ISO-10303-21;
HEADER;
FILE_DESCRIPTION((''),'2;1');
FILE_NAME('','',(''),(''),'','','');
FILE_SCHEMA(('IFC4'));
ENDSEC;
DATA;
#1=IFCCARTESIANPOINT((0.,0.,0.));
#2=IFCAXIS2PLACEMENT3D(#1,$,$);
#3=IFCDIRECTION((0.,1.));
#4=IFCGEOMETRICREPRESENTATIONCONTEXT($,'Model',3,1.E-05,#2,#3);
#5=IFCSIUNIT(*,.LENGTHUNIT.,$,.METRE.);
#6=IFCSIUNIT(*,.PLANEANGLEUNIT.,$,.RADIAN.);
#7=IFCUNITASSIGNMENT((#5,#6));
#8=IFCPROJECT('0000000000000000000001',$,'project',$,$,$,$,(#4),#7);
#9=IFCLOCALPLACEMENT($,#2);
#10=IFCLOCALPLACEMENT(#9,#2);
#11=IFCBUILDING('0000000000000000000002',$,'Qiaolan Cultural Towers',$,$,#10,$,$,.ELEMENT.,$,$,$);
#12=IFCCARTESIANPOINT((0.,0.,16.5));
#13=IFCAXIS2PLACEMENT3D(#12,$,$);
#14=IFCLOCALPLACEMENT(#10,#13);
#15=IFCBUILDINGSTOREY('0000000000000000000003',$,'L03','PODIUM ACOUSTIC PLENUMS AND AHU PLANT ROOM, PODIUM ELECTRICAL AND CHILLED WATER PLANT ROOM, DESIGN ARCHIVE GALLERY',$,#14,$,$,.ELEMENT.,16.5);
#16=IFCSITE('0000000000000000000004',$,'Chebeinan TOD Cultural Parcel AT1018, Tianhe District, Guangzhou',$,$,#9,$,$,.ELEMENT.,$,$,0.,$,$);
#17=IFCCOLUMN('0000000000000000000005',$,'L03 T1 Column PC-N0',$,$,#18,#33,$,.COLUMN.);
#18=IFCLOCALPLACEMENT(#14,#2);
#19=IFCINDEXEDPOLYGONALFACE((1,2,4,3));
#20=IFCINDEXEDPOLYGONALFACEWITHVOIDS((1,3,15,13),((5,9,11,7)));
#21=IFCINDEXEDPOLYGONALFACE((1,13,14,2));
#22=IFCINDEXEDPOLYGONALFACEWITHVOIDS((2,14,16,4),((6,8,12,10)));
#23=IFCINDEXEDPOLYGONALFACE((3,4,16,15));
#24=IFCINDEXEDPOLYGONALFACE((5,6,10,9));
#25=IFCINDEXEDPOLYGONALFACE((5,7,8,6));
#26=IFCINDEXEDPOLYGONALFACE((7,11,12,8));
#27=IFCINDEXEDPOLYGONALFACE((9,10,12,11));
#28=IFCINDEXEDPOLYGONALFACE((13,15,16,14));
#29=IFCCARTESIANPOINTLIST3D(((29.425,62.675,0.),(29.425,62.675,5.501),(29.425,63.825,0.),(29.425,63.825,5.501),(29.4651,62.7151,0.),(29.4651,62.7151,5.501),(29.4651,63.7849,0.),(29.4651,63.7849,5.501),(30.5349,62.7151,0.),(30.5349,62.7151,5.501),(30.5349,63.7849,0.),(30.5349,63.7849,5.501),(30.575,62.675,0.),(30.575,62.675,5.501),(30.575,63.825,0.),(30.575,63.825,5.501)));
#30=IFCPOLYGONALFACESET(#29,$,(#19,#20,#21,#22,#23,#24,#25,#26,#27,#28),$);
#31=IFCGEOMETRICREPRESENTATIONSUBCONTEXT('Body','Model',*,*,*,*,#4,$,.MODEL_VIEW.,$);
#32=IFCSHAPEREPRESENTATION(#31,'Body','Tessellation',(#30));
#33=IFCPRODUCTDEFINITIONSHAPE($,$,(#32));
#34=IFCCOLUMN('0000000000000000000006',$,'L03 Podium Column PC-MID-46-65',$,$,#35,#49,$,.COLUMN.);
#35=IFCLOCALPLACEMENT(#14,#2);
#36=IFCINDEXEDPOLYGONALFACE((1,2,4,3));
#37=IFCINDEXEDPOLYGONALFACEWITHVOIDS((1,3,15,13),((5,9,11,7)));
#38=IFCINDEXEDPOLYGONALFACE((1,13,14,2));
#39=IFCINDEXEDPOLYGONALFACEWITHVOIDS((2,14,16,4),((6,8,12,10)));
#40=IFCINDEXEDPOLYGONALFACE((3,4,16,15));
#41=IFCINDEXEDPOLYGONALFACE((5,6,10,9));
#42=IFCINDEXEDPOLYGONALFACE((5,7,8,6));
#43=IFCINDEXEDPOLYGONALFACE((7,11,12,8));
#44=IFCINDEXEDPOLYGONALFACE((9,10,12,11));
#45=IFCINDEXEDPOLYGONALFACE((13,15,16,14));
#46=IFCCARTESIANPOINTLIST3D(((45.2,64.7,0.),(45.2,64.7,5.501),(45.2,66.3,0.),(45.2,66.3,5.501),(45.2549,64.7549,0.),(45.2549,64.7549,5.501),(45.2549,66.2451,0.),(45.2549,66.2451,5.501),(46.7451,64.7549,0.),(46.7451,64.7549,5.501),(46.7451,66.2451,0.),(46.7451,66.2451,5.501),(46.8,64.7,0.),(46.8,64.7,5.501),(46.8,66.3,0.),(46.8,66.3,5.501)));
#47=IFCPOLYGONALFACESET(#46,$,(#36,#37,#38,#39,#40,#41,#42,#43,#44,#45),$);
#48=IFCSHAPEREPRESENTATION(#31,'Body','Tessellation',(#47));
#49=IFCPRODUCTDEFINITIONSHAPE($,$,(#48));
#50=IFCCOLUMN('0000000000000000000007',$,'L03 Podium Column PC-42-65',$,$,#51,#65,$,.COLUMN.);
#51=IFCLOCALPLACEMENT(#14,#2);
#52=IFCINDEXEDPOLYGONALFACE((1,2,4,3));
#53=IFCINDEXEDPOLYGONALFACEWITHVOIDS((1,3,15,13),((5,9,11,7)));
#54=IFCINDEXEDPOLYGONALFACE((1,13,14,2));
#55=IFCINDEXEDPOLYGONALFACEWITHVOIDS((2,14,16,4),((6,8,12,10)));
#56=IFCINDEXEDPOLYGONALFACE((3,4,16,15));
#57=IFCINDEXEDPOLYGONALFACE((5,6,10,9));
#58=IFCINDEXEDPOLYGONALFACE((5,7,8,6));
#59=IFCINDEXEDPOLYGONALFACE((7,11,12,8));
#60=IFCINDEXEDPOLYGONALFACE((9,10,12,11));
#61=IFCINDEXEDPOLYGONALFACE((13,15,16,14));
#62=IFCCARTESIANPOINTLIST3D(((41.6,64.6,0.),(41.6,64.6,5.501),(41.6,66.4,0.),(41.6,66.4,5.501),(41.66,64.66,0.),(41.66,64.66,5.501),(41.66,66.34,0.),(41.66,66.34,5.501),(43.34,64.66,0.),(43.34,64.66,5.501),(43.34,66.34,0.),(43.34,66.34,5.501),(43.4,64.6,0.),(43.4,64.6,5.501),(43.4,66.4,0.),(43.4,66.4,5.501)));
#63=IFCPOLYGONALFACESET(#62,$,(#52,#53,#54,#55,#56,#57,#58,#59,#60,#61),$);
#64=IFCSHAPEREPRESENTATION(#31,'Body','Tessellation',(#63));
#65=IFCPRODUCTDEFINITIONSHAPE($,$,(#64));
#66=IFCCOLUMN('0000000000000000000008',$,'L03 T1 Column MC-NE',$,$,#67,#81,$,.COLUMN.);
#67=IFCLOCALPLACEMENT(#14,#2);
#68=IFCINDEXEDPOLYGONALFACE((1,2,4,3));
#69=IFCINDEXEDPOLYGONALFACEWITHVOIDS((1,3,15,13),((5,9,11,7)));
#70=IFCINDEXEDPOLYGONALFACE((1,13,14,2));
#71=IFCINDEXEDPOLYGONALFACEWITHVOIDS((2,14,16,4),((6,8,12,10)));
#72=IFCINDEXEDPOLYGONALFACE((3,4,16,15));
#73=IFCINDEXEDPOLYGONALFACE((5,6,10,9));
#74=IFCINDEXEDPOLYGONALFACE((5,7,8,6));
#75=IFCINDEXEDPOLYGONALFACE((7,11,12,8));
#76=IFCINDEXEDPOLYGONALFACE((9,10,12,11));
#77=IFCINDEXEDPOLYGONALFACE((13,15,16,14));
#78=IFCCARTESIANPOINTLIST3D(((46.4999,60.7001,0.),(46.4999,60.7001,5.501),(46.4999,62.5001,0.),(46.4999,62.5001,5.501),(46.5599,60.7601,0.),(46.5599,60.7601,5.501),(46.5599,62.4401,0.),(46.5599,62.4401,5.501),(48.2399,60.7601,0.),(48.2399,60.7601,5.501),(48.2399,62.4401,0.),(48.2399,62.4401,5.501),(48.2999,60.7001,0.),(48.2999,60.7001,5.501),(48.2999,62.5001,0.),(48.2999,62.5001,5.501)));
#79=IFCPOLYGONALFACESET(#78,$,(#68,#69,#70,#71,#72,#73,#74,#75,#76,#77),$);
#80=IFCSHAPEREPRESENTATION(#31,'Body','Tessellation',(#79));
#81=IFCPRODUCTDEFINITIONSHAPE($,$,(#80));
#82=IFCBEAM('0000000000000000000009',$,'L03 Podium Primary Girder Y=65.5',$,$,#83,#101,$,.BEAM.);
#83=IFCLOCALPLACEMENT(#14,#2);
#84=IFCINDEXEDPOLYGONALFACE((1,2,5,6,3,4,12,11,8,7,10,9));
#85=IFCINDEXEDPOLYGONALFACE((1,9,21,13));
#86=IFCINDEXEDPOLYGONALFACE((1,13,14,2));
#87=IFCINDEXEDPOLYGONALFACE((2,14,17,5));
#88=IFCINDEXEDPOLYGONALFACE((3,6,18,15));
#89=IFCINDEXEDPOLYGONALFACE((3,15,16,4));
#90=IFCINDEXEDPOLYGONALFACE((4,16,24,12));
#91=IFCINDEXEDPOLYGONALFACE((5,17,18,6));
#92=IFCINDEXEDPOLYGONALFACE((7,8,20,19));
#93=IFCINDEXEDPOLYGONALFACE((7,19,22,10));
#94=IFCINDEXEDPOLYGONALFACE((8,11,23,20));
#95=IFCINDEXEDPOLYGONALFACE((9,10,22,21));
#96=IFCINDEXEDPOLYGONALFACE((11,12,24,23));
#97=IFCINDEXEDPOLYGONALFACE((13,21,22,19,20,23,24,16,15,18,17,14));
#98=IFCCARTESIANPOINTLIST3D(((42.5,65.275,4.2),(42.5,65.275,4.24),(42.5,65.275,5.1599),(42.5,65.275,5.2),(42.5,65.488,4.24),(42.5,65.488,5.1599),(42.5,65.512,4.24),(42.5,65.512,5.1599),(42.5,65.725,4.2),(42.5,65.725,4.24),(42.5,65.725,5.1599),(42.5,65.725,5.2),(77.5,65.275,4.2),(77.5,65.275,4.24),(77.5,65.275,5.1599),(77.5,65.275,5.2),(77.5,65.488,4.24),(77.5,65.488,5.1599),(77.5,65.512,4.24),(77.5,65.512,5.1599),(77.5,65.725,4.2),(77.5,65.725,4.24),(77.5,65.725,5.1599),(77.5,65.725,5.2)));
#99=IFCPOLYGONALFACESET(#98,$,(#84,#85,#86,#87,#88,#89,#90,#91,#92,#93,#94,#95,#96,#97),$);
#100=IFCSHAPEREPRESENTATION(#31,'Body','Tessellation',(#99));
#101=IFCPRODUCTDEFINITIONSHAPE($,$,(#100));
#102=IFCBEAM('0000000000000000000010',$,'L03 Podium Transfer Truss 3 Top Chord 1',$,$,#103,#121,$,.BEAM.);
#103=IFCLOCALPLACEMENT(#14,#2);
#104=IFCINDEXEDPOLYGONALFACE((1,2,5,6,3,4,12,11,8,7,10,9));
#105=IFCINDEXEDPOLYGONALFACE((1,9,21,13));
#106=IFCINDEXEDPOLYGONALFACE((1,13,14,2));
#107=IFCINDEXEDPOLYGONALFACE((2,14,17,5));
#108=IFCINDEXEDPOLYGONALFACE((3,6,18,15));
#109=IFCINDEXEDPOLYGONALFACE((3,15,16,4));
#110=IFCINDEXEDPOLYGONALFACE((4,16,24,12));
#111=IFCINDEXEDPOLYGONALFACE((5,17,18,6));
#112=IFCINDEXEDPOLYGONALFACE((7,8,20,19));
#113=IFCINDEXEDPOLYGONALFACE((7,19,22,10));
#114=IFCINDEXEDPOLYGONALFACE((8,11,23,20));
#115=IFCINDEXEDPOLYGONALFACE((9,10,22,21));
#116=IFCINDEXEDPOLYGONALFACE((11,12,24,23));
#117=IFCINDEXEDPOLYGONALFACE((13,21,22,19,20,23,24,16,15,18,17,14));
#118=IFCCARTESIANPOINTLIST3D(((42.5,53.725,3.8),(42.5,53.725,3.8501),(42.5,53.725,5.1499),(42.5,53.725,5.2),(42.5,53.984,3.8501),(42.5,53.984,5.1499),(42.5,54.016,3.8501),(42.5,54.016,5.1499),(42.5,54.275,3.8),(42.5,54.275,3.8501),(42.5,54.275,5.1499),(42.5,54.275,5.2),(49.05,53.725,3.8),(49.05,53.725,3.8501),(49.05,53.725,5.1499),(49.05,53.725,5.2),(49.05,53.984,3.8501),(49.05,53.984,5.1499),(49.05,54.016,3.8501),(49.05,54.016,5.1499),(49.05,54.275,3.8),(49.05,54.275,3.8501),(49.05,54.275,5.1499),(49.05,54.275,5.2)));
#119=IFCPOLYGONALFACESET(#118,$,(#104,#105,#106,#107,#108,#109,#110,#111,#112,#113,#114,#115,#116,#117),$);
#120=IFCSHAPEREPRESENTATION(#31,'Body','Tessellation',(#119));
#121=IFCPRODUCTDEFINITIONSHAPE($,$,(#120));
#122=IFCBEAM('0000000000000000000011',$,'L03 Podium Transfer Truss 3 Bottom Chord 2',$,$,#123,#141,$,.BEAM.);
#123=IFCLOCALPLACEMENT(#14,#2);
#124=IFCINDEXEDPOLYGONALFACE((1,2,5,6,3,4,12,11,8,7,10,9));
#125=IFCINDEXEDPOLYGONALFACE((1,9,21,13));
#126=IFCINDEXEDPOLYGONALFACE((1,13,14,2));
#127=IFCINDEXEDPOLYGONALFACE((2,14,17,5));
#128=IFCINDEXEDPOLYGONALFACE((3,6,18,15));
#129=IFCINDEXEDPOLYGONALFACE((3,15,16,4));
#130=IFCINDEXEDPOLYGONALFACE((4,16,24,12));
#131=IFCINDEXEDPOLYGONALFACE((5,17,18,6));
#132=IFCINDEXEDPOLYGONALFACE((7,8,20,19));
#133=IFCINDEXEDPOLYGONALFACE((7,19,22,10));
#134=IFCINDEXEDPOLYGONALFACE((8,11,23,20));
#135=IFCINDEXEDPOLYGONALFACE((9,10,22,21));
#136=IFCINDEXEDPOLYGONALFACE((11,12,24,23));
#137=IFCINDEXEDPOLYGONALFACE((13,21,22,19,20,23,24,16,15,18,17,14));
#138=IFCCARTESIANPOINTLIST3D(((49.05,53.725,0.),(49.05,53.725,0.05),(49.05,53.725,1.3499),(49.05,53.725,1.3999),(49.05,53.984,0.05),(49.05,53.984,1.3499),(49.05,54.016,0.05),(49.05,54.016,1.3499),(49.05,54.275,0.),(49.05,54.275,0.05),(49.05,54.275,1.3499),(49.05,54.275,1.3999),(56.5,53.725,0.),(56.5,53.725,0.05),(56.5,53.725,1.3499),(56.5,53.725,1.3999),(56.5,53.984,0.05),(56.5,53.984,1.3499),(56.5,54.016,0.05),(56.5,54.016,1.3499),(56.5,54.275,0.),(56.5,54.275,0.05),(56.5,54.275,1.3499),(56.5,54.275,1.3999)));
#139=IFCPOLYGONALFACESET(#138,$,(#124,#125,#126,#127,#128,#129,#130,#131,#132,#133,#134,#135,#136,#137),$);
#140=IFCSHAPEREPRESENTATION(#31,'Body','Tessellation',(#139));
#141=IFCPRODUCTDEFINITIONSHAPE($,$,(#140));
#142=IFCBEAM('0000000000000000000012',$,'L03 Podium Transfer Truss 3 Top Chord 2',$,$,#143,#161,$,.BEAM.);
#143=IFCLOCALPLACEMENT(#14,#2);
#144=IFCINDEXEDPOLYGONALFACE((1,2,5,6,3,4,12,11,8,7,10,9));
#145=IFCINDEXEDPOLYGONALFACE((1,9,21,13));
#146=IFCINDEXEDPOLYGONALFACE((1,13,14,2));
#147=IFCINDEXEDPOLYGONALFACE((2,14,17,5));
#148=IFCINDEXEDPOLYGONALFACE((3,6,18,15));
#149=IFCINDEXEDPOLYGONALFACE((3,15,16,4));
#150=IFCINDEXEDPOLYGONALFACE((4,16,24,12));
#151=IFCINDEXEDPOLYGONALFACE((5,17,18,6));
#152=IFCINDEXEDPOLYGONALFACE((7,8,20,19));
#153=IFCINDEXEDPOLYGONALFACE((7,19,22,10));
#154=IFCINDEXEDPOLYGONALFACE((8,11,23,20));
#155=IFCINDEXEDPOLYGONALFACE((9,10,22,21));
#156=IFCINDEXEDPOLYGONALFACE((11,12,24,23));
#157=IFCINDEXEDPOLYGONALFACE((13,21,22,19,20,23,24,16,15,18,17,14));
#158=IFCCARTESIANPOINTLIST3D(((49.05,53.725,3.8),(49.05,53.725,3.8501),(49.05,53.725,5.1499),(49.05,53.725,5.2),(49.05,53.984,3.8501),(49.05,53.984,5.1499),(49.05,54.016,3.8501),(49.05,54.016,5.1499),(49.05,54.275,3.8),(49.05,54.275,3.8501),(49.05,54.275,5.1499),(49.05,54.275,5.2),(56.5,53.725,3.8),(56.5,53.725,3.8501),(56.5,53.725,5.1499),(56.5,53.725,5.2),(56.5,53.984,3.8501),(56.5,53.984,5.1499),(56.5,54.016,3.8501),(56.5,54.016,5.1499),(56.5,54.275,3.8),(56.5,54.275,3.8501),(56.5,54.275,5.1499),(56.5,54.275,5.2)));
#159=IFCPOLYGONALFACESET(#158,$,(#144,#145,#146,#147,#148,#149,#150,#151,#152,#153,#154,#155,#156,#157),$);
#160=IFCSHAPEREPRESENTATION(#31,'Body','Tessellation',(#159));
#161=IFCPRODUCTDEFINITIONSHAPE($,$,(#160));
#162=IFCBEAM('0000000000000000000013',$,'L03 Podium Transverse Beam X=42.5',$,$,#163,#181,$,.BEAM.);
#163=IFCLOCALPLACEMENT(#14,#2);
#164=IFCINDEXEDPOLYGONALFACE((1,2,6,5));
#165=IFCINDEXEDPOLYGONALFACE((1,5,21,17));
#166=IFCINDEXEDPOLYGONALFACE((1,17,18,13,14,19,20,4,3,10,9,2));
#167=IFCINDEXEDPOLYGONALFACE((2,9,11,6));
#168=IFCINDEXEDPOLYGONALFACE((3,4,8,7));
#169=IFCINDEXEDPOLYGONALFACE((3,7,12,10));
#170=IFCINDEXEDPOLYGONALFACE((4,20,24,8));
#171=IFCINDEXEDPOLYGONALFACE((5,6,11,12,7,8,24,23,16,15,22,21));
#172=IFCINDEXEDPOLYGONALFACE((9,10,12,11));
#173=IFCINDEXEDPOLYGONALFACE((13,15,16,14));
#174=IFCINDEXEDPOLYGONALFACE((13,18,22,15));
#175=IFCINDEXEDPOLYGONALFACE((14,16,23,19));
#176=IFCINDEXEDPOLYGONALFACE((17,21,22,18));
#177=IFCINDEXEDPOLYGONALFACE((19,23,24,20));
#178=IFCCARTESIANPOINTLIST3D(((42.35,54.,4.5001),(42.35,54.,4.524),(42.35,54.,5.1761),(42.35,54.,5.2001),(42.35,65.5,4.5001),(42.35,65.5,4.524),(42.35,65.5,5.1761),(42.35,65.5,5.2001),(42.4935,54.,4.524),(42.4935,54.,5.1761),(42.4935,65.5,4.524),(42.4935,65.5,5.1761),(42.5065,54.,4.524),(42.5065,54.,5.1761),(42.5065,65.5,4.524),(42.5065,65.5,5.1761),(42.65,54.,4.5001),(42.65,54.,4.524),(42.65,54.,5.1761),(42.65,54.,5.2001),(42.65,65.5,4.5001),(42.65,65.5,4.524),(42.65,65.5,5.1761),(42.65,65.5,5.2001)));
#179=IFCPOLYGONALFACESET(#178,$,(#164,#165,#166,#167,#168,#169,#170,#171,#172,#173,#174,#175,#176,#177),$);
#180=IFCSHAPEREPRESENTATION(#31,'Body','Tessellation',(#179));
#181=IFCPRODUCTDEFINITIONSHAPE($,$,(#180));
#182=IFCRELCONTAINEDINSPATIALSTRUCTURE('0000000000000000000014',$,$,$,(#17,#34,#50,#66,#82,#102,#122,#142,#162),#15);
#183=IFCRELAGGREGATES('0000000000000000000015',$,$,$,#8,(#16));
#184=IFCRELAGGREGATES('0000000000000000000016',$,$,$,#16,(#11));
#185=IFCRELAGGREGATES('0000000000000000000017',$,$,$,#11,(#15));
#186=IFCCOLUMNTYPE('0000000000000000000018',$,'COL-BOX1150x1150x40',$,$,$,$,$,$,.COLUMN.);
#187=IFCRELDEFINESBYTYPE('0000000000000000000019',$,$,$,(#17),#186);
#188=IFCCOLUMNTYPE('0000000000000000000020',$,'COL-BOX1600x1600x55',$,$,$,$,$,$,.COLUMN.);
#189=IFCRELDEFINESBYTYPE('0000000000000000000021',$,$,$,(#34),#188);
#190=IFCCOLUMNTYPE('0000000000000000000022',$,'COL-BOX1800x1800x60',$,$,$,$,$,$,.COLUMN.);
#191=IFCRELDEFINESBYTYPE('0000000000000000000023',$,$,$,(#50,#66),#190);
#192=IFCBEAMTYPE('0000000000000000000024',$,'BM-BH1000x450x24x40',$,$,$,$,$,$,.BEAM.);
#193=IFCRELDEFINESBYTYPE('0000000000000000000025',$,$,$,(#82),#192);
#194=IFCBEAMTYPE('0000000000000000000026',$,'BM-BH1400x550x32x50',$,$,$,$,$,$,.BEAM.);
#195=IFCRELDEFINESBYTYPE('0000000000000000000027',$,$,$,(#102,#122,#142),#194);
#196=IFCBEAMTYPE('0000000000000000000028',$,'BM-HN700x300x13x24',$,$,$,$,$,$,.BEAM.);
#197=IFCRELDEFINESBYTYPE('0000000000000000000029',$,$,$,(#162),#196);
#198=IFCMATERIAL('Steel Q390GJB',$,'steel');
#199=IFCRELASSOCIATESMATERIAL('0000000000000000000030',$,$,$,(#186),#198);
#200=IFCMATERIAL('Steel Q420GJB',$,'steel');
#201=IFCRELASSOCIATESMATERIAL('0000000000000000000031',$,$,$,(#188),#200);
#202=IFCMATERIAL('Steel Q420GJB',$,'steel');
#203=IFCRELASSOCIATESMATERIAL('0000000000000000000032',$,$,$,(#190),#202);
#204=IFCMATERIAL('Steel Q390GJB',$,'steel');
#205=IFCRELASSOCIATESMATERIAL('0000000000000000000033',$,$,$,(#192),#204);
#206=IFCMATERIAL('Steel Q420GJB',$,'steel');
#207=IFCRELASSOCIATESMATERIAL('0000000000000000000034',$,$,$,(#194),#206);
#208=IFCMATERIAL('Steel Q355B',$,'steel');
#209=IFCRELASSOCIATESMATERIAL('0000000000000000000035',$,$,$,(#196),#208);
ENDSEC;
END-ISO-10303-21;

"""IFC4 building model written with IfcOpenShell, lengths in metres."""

from ifc_helpers import new_model, si_unit, direction, frame, origin, origin_2d, place, context, subcontext, project, spatial, hollow_rectangle, i_section, extrude, material, material_profile, profile_set, type_object, element, save


model = new_model("IFC4")

# Units and contexts
model_context = context("Model", 3, precision=1e-05, world=origin(), true_north=direction((0.0, 1.0)))
body_context = subcontext(model_context, "Body", "Model", "MODEL_VIEW")
ifc_project = project(units=[si_unit("LENGTHUNIT", "METRE"), si_unit("PLANEANGLEUNIT", "RADIAN")], contexts=[model_context])

# Site, building, storey
site_placement = place(None, origin())
site = spatial("IfcSite", under=ifc_project, at=site_placement, Name="Chebeinan TOD Cultural Parcel AT1018, Tianhe District, Guangzhou", CompositionType="ELEMENT", RefElevation=0.0)
building_placement = place(site_placement, origin())
building = spatial("IfcBuilding", under=site, at=building_placement, Name="Qiaolan Cultural Towers", CompositionType="ELEMENT")
storey_placement = place(building_placement, frame((0.0, 0.0, 16.5)))
storey = spatial("IfcBuildingStorey", under=building, at=storey_placement, Name="L03", Description="PODIUM ACOUSTIC PLENUMS AND AHU PLANT ROOM, PODIUM ELECTRICAL AND CHILLED WATER PLANT ROOM, DESIGN ARCHIVE GALLERY", CompositionType="ELEMENT", Elevation=16.5)

# Columns
ifc_material_1 = material(Name="Steel Q390GJB", Category="steel")
ifc_material_profile_1 = material_profile(ifc_material_1, hollow_rectangle(XDim=1.1499, YDim=1.1499, WallThickness=0.04, at=origin_2d()), Name="BOX1150x1150x40")
ifc_profile_set_1 = profile_set([ifc_material_profile_1], Name="Steel Q390GJB")
column_type_1 = type_object("IfcColumnType", Name="COL-BOX1150x1150x40", PredefinedType="COLUMN", material=ifc_profile_set_1)
column_1_placement = place(storey_placement, frame((30.0, 63.25, 0.0), z_axis=(0.0, 0.0, 1.0), x_axis=(1.0, 0.0, 0.0)))
element("IfcColumn", 1, at=column_1_placement, inside=storey, type_object=column_type_1, Name="L03 T1 Column PC-N0", PredefinedType="COLUMN", context=body_context, shape_type="SweptSolid", body=[
    extrude(hollow_rectangle(XDim=1.1499, YDim=1.1499, WallThickness=0.04, at=origin_2d()), origin(), (0.0, 0.0, 1.0), 5.501),
])
ifc_material_2 = material(Name="Steel Q420GJB", Category="steel")
ifc_material_profile_2 = material_profile(ifc_material_2, hollow_rectangle(XDim=1.6001, YDim=1.6001, WallThickness=0.0549, at=origin_2d()), Name="BOX1600x1600x55")
ifc_profile_set_2 = profile_set([ifc_material_profile_2], Name="Steel Q420GJB")
column_type_2 = type_object("IfcColumnType", Name="COL-BOX1600x1600x55", PredefinedType="COLUMN", material=ifc_profile_set_2)
column_2_placement = place(storey_placement, frame((46.0, 65.5, 0.0), z_axis=(0.0, 0.0, 1.0), x_axis=(1.0, 0.0, 0.0)))
element("IfcColumn", 2, at=column_2_placement, inside=storey, type_object=column_type_2, Name="L03 Podium Column PC-MID-46-65", PredefinedType="COLUMN", context=body_context, shape_type="SweptSolid", body=[
    extrude(hollow_rectangle(XDim=1.6001, YDim=1.6001, WallThickness=0.0549, at=origin_2d()), origin(), (0.0, 0.0, 1.0), 5.501),
])
ifc_material_3 = material(Name="Steel Q420GJB", Category="steel")
ifc_material_profile_3 = material_profile(ifc_material_3, hollow_rectangle(XDim=1.8, YDim=1.8, WallThickness=0.0601, at=origin_2d()), Name="BOX1800x1800x60")
ifc_profile_set_3 = profile_set([ifc_material_profile_3], Name="Steel Q420GJB")
column_type_3 = type_object("IfcColumnType", Name="COL-BOX1800x1800x60", PredefinedType="COLUMN", material=ifc_profile_set_3)
for number, where, z_axis, x_axis, name in (
    (3, (42.5, 65.5, 0.0), (0.0, 0.0, 1.0), (1.0, 0.0, 0.0), "L03 Podium Column PC-42-65"),
    (4, (47.3999, 61.6001, 0.0), (0.0, 0.0, 1.0), (1.0, 0.0, 0.0), "L03 T1 Column MC-NE"),
):
    element("IfcColumn", number, at=place(storey_placement, frame(where, z_axis=z_axis, x_axis=x_axis)), inside=storey, type_object=column_type_3, Name=name, PredefinedType="COLUMN", context=body_context, shape_type="SweptSolid", body=[
        extrude(hollow_rectangle(XDim=1.8, YDim=1.8, WallThickness=0.0601, at=origin_2d()), origin(), (0.0, 0.0, 1.0), 5.501),
    ])

# Beams
ifc_material_4 = material(Name="Steel Q390GJB", Category="steel")
ifc_material_profile_4 = material_profile(ifc_material_4, i_section(OverallWidth=0.45, OverallDepth=1.0, WebThickness=0.0239, FlangeThickness=0.04, at=origin_2d()), Name="BH1000x450x24x40")
ifc_profile_set_4 = profile_set([ifc_material_profile_4], Name="Steel Q390GJB")
beam_type_1 = type_object("IfcBeamType", Name="BM-BH1000x450x24x40", PredefinedType="BEAM", material=ifc_profile_set_4)
beam_1_placement = place(storey_placement, frame((42.5, 65.5, 4.7), z_axis=(1.0, 0.0, 0.0), x_axis=(0.0, 1.0, 0.0)))
element("IfcBeam", 5, at=beam_1_placement, inside=storey, type_object=beam_type_1, Name="L03 Podium Primary Girder Y=65.5", PredefinedType="BEAM", context=body_context, shape_type="SweptSolid", body=[
    extrude(i_section(OverallWidth=0.45, OverallDepth=1.0, WebThickness=0.0239, FlangeThickness=0.04, at=origin_2d()), origin(), (0.0, 0.0, 1.0), 35.0),
])
ifc_material_5 = material(Name="Steel Q420GJB", Category="steel")
ifc_material_profile_5 = material_profile(ifc_material_5, i_section(OverallWidth=0.55, OverallDepth=1.3999, WebThickness=0.032, FlangeThickness=0.05, at=origin_2d()), Name="BH1400x550x32x50")
ifc_profile_set_5 = profile_set([ifc_material_profile_5], Name="Steel Q420GJB")
beam_type_2 = type_object("IfcBeamType", Name="BM-BH1400x550x32x50", PredefinedType="BEAM", material=ifc_profile_set_5)
beam_2_placement = place(storey_placement, frame((42.5, 54.0, 4.5), z_axis=(1.0, 0.0, 0.0), x_axis=(0.0, 1.0, 0.0)))
element("IfcBeam", 6, at=beam_2_placement, inside=storey, type_object=beam_type_2, Name="L03 Podium Transfer Truss 3 Top Chord 1", PredefinedType="BEAM", context=body_context, shape_type="SweptSolid", body=[
    extrude(i_section(OverallWidth=0.55, OverallDepth=1.3999, WebThickness=0.032, FlangeThickness=0.05, at=origin_2d()), origin(), (0.0, 0.0, 1.0), 6.55),
])
for number, where, z_axis, x_axis, name in (
    (7, (49.05, 54.0, 0.7), (1.0, 0.0, 0.0), (0.0, 1.0, 0.0), "L03 Podium Transfer Truss 3 Bottom Chord 2"),
    (8, (49.05, 54.0, 4.5), (1.0, 0.0, 0.0), (0.0, 1.0, 0.0), "L03 Podium Transfer Truss 3 Top Chord 2"),
):
    element("IfcBeam", number, at=place(storey_placement, frame(where, z_axis=z_axis, x_axis=x_axis)), inside=storey, type_object=beam_type_2, Name=name, PredefinedType="BEAM", context=body_context, shape_type="SweptSolid", body=[
        extrude(i_section(OverallWidth=0.55, OverallDepth=1.3999, WebThickness=0.032, FlangeThickness=0.05, at=origin_2d()), origin(), (0.0, 0.0, 1.0), 7.45),
    ])
ifc_material_6 = material(Name="Steel Q355B", Category="steel")
ifc_material_profile_6 = material_profile(ifc_material_6, i_section(OverallWidth=0.3, OverallDepth=0.7, WebThickness=0.0129, FlangeThickness=0.0239, at=origin_2d()), Name="HN700x300x13x24")
ifc_profile_set_6 = profile_set([ifc_material_profile_6], Name="Steel Q355B")
beam_type_3 = type_object("IfcBeamType", Name="BM-HN700x300x13x24", PredefinedType="BEAM", material=ifc_profile_set_6)
beam_3_placement = place(storey_placement, frame((42.5, 54.0, 4.8501), z_axis=(0.0, 1.0, 0.0), x_axis=(-1.0, 0.0, 0.0)))
element("IfcBeam", 9, at=beam_3_placement, inside=storey, type_object=beam_type_3, Name="L03 Podium Transverse Beam X=42.5", PredefinedType="BEAM", context=body_context, shape_type="SweptSolid", body=[
    extrude(i_section(OverallWidth=0.3, OverallDepth=0.7, WebThickness=0.0129, FlangeThickness=0.0239, at=origin_2d()), origin(), (0.0, 0.0, 1.0), 11.5),
])

save(model, "model.ifc")
